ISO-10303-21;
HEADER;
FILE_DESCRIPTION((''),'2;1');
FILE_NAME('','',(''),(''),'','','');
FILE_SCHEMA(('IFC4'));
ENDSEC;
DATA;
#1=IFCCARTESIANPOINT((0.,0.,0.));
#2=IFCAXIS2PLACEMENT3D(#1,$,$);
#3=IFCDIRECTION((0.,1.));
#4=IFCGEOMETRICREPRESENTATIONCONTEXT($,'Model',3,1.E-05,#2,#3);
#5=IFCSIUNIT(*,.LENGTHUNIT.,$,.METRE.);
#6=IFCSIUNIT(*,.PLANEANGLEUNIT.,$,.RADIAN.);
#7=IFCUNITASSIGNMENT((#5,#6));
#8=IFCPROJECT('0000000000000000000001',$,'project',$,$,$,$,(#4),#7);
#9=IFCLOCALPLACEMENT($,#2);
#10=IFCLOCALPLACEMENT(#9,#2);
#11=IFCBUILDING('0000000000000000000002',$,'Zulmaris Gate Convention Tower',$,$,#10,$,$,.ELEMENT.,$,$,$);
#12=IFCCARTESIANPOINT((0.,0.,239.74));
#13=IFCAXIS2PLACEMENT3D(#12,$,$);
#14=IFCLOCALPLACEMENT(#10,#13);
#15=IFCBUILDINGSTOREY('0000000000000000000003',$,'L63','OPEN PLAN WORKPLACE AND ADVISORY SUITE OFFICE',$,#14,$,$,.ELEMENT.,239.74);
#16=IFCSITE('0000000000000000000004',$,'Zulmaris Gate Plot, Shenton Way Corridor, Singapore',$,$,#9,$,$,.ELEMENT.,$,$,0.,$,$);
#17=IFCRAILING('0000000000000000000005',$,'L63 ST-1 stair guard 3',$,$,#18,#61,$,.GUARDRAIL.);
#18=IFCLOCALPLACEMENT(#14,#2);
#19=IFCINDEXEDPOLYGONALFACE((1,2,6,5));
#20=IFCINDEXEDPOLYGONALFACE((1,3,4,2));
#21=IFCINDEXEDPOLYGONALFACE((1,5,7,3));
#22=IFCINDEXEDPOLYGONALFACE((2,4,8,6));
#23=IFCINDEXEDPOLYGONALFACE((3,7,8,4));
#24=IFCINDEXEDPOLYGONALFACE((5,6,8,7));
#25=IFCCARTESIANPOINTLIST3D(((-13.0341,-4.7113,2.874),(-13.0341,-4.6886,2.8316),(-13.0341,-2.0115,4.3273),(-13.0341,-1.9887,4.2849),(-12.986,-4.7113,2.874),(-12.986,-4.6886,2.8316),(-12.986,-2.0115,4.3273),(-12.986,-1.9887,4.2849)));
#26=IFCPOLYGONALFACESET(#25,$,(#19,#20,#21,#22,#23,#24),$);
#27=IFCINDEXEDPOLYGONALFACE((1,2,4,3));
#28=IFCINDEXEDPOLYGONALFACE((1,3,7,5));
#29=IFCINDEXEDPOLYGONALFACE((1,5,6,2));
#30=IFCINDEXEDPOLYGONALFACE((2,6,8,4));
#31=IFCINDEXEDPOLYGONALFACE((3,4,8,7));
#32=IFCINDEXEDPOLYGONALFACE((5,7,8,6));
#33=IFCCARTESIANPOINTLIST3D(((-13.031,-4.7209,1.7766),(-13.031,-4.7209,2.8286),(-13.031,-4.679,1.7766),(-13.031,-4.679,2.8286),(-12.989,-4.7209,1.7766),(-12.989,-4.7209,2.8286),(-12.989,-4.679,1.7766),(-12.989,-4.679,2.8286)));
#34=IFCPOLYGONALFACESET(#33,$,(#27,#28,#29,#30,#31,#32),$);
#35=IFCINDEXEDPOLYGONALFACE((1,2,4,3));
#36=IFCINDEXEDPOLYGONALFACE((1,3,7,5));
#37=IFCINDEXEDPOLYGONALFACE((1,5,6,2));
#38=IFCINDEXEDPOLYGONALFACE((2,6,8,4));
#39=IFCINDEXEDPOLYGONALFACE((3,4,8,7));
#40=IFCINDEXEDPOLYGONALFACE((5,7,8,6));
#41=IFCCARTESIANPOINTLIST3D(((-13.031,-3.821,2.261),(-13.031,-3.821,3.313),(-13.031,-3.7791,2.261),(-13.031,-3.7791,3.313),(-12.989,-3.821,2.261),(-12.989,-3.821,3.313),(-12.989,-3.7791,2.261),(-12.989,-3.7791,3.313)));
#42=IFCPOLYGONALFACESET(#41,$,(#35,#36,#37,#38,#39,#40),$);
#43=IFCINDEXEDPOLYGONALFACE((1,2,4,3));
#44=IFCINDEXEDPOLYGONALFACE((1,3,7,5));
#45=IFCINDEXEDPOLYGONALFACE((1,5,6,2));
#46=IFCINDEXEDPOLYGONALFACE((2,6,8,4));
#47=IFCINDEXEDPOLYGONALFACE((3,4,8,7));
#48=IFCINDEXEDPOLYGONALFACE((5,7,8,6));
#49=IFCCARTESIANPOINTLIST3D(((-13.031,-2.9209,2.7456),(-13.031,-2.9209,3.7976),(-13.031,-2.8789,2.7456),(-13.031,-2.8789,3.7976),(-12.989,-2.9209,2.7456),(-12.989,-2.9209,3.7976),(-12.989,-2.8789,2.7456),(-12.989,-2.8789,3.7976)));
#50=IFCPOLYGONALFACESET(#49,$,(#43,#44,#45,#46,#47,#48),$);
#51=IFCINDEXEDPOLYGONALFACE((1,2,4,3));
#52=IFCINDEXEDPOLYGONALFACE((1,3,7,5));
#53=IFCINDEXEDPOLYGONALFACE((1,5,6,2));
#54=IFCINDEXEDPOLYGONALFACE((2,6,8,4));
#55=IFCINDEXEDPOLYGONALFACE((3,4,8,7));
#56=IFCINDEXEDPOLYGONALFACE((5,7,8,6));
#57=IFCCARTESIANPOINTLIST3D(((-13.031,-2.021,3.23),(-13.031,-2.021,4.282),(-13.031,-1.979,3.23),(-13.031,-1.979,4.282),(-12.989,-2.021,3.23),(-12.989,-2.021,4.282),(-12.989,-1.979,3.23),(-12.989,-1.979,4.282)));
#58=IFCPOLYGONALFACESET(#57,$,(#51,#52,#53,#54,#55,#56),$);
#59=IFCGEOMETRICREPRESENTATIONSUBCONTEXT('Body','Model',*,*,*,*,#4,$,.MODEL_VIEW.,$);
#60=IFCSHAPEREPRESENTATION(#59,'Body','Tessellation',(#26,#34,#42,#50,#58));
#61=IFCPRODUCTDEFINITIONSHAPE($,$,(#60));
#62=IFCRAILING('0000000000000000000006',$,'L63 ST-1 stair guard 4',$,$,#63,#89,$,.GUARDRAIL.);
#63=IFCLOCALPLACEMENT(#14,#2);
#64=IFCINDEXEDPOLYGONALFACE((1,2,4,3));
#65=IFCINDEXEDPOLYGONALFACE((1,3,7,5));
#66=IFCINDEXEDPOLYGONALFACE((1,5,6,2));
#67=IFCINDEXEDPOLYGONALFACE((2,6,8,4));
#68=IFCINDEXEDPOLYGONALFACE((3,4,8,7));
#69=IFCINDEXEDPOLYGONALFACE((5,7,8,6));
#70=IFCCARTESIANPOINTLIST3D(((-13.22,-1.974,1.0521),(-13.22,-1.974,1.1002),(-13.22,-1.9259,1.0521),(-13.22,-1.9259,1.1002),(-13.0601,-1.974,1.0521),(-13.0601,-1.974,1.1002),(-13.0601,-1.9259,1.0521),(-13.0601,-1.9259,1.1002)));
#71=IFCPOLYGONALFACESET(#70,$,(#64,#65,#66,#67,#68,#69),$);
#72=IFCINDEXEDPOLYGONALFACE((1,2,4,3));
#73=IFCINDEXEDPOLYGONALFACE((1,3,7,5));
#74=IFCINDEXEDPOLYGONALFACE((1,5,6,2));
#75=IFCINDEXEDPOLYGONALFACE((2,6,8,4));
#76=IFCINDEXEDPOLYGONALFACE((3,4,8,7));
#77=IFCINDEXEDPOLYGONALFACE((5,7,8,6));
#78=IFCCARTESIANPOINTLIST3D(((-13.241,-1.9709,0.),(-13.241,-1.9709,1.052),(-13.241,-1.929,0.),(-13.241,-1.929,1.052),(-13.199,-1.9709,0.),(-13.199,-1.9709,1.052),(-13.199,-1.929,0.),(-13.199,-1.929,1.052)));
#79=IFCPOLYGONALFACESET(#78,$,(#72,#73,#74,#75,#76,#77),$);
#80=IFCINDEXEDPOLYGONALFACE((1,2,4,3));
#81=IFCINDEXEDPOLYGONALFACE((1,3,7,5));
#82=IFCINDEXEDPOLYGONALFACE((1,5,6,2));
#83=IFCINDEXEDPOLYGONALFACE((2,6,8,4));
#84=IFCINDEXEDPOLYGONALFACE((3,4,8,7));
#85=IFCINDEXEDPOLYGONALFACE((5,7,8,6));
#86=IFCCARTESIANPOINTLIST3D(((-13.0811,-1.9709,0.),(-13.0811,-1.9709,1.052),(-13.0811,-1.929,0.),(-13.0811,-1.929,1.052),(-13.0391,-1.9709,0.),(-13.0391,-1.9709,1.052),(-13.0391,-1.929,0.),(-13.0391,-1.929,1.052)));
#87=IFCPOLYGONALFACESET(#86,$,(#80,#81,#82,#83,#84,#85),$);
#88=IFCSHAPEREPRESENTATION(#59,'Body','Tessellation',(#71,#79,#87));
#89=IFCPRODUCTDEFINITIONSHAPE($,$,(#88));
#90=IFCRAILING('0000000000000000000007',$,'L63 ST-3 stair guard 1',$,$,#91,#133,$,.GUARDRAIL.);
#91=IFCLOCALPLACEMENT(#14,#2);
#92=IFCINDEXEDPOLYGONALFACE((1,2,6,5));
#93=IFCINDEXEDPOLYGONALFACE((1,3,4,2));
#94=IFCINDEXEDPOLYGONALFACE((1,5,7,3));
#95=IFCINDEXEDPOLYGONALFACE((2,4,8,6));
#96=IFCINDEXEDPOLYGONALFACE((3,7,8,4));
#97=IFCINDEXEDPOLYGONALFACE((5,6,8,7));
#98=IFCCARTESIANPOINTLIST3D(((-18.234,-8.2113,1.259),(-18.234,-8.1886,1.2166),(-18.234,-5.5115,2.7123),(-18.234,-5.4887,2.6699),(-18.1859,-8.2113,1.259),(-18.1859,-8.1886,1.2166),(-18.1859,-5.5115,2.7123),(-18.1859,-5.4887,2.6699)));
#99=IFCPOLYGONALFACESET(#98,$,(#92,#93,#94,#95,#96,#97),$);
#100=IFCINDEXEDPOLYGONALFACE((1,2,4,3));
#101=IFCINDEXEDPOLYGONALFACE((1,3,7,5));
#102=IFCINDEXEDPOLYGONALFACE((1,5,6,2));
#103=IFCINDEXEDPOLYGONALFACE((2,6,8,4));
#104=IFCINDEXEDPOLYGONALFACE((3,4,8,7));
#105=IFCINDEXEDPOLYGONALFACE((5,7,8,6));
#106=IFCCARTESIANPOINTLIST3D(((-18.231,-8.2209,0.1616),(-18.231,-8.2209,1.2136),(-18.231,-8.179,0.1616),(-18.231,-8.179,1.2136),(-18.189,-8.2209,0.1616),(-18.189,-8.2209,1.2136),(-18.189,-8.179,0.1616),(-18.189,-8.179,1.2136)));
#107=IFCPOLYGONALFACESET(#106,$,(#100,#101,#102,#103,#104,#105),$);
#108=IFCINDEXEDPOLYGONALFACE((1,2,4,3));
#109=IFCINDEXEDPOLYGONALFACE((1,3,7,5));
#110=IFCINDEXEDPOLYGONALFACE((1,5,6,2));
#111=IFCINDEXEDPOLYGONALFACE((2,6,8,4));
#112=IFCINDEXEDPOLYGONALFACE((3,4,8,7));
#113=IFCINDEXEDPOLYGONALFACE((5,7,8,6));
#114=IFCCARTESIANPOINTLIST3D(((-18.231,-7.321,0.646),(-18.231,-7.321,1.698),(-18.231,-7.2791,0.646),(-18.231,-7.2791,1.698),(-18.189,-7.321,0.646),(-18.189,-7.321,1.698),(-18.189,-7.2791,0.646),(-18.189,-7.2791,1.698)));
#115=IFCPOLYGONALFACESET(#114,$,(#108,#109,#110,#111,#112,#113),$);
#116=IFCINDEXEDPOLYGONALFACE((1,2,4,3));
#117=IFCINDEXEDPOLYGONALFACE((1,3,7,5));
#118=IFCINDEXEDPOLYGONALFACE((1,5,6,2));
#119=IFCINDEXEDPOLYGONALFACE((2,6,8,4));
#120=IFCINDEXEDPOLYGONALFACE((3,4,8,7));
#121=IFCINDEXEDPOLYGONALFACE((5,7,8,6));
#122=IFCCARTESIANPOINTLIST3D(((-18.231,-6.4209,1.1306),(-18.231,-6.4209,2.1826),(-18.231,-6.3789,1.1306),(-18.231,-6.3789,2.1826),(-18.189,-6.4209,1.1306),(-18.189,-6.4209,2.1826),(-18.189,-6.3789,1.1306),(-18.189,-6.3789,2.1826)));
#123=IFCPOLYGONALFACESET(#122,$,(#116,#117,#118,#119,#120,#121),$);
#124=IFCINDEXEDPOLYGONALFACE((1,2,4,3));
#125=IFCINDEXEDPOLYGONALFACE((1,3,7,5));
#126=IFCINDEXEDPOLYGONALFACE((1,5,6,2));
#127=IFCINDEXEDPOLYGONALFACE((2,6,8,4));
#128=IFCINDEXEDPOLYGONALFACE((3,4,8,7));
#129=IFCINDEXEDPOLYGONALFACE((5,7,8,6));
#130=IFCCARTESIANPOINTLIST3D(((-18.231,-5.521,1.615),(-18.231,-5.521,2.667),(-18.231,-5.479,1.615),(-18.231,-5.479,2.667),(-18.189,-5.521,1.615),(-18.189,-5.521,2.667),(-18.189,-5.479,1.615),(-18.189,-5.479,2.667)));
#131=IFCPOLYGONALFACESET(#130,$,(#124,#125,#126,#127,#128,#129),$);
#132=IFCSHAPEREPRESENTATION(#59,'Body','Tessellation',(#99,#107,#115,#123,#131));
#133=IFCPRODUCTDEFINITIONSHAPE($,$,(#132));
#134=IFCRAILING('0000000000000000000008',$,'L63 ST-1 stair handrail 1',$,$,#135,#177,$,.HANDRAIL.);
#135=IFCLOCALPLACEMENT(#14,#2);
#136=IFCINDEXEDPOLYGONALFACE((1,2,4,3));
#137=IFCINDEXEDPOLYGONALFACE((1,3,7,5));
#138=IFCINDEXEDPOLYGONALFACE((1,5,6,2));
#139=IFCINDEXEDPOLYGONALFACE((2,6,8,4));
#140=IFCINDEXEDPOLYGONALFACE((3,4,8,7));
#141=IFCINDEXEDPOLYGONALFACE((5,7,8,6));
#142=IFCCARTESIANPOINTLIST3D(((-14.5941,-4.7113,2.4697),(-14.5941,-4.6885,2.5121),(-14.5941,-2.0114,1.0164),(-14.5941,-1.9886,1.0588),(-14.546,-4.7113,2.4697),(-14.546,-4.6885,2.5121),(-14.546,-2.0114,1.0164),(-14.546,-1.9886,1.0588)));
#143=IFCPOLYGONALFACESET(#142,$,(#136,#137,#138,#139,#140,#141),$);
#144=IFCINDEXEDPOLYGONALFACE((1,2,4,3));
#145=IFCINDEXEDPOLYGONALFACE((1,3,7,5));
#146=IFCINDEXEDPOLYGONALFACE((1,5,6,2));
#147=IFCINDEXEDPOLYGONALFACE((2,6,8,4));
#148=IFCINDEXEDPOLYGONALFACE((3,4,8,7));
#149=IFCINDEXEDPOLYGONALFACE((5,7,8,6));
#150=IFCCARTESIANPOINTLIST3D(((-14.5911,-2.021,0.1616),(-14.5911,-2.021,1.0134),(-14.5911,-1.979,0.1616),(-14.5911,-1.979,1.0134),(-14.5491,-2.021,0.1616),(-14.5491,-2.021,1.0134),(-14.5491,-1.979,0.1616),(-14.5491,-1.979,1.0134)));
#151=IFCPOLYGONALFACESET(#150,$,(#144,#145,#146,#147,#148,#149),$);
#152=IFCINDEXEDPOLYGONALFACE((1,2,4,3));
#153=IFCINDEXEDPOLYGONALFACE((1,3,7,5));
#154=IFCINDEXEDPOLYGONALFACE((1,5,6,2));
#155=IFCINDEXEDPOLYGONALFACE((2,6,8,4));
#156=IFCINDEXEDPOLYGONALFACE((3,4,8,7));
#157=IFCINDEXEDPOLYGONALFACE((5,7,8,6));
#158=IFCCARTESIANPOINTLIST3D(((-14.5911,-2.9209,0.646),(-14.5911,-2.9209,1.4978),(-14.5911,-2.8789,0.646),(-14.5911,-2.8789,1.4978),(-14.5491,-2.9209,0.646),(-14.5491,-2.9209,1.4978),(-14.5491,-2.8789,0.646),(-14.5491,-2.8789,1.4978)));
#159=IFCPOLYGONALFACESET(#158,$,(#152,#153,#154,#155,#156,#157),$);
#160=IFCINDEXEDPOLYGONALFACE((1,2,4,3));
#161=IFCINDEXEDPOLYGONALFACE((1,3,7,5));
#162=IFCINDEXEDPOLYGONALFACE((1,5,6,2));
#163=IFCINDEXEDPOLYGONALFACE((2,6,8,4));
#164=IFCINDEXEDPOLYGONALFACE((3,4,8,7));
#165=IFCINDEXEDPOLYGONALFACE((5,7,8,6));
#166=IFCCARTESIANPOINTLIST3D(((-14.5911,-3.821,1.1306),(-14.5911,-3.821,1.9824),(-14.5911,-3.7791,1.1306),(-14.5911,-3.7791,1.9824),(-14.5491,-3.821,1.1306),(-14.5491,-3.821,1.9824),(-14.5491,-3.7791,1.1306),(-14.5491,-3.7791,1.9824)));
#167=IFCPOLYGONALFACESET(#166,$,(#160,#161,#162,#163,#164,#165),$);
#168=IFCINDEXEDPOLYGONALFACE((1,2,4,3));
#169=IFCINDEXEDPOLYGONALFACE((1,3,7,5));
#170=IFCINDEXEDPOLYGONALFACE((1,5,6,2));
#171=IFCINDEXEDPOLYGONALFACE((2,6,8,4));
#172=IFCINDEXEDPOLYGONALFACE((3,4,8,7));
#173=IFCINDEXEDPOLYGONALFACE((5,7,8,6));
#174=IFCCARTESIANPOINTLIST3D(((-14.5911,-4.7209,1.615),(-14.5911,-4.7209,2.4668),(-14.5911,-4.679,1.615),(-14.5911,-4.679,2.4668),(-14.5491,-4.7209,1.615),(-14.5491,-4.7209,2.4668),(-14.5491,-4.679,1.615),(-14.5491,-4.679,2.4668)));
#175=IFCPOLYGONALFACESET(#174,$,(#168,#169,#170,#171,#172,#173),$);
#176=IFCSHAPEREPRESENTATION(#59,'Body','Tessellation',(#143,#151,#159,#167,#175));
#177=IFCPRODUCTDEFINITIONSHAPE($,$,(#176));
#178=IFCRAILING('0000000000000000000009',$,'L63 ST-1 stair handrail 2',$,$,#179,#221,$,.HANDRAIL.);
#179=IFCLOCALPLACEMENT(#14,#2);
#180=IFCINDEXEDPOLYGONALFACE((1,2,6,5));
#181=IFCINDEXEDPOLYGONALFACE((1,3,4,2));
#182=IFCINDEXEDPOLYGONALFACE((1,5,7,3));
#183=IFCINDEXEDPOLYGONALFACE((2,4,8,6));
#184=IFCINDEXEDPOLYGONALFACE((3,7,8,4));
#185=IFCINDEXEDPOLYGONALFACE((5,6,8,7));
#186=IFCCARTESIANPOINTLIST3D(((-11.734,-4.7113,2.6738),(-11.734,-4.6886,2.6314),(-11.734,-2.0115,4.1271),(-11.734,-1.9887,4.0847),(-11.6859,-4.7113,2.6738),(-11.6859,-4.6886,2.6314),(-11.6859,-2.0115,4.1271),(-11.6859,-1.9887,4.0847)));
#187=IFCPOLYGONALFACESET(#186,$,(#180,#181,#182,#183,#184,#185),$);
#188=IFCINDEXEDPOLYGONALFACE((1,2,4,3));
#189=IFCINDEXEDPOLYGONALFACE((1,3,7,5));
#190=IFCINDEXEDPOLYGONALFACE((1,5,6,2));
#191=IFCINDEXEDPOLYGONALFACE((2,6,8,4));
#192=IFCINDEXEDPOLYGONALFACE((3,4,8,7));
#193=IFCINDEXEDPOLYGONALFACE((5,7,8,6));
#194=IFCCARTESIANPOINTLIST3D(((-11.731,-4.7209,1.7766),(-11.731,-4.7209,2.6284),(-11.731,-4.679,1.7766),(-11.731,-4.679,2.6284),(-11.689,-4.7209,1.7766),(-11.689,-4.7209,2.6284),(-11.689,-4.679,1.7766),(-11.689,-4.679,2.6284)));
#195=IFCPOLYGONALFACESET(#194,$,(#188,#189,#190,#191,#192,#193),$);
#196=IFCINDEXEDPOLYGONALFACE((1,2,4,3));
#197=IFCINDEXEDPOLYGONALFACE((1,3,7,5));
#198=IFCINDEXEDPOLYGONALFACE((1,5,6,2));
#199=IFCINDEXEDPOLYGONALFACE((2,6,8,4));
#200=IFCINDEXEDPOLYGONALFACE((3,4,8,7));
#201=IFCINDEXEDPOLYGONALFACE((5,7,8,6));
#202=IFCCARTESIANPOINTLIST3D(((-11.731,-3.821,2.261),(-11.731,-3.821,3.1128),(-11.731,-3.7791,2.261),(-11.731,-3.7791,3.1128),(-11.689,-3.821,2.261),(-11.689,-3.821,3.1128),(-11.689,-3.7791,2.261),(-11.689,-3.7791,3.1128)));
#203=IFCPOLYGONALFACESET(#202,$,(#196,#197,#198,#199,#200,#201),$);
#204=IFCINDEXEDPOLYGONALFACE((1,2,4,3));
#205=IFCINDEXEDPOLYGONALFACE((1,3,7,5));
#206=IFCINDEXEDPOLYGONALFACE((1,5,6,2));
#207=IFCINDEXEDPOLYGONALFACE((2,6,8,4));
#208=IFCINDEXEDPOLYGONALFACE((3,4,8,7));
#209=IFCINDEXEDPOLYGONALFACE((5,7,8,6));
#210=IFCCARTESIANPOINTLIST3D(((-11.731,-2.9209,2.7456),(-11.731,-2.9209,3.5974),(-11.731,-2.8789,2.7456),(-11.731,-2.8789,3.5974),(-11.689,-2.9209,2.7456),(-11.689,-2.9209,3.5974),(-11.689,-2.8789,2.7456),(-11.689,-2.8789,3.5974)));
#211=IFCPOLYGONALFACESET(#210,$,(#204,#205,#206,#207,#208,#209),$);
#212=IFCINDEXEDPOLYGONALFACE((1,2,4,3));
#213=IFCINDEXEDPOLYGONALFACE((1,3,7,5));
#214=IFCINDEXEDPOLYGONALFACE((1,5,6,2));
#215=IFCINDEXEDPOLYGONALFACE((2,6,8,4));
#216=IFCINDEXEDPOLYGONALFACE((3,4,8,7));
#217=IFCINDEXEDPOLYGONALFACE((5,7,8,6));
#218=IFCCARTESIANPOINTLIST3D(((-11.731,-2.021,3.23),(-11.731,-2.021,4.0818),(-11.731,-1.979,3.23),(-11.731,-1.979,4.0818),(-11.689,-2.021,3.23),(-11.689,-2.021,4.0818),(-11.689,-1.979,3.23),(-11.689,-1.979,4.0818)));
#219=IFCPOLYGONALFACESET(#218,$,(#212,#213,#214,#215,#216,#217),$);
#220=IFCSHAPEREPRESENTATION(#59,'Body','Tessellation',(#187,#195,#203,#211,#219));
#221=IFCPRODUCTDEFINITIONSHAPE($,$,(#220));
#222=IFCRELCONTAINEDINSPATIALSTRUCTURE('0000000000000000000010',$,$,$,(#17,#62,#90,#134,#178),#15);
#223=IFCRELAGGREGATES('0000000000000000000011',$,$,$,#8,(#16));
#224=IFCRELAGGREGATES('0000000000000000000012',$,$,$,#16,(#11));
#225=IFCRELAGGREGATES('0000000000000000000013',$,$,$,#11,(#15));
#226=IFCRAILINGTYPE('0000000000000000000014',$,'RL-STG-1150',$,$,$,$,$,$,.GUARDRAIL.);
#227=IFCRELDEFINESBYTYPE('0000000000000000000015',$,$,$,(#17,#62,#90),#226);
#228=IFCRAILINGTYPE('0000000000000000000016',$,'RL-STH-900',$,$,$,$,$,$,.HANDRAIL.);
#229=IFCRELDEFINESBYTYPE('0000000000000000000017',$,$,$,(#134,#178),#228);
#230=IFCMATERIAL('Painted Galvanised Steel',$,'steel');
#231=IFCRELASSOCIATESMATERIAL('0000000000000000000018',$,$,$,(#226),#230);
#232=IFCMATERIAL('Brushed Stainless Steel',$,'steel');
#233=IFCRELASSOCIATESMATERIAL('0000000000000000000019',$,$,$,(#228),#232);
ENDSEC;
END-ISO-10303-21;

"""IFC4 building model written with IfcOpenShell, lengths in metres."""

from ifc_helpers import new_model, si_unit, direction, frame, origin, origin_2d, place, context, subcontext, project, spatial, rectangle, extrude, material, type_object, element, save


model = new_model("IFC4")

# Units and contexts
model_context = context("Model", 3, precision=1e-05, world=origin(), true_north=direction((0.0, 1.0)))
body_context = subcontext(model_context, "Body", "Model", "MODEL_VIEW")
ifc_project = project(units=[si_unit("LENGTHUNIT", "METRE"), si_unit("PLANEANGLEUNIT", "RADIAN")], contexts=[model_context])

# Site, building, storey
site_placement = place(None, origin())
site = spatial("IfcSite", under=ifc_project, at=site_placement, Name="Zulmaris Gate Plot, Shenton Way Corridor, Singapore", CompositionType="ELEMENT", RefElevation=0.0)
building_placement = place(site_placement, origin())
building = spatial("IfcBuilding", under=site, at=building_placement, Name="Zulmaris Gate Convention Tower", CompositionType="ELEMENT")
storey_placement = place(building_placement, frame((0.0, 0.0, 239.74)))
storey = spatial("IfcBuildingStorey", under=building, at=storey_placement, Name="L63", Description="OPEN PLAN WORKPLACE AND ADVISORY SUITE OFFICE", CompositionType="ELEMENT", Elevation=239.74)

# Shared definitions
ifc_material_1 = material(Name="Brushed Stainless Steel", Category="steel")

# Railings
ifc_material_2 = material(Name="Painted Galvanised Steel", Category="steel")
railing_type_1 = type_object("IfcRailingType", Name="RL-STG-1150", PredefinedType="GUARDRAIL", material=ifc_material_2)
railing_1_placement = place(storey_placement, frame((-13.01, -4.7, 1.7766)))
element("IfcRailing", 1, at=railing_1_placement, inside=storey, type_object=railing_type_1, Name="L63 ST-1 stair guard 3", PredefinedType="GUARDRAIL", context=body_context, shape_type="SweptSolid", body=[
    extrude(rectangle(XDim=0.0481, YDim=0.0481, at=origin_2d()), frame((0.0, 0.0, 1.0762), z_axis=(0.0, 0.880532, 0.473986), x_axis=(-1.0, 0.0, 0.0)), (0.0, 0.0, 1.0), 3.0662),
    extrude(rectangle(XDim=0.042, YDim=0.042, at=origin_2d()), origin(), (0.0, 0.0, 1.0), 1.052),
    extrude(rectangle(XDim=0.042, YDim=0.042, at=origin_2d()), frame((0.0, 0.8999, 0.4844)), (0.0, 0.0, 1.0), 1.052),
    extrude(rectangle(XDim=0.042, YDim=0.042, at=origin_2d()), frame((0.0, 1.8, 0.969)), (0.0, 0.0, 1.0), 1.052),
    extrude(rectangle(XDim=0.042, YDim=0.042, at=origin_2d()), frame((0.0, 2.7, 1.4534)), (0.0, 0.0, 1.0), 1.052),
])
railing_2_placement = place(storey_placement, frame((-13.22, -1.95, 0.0)))
element("IfcRailing", 2, at=railing_2_placement, inside=storey, type_object=railing_type_1, Name="L63 ST-1 stair guard 4", PredefinedType="GUARDRAIL", context=body_context, shape_type="SweptSolid", body=[
    extrude(rectangle(XDim=0.0481, YDim=0.0481, at=origin_2d()), frame((0.0, 0.0, 1.0762), z_axis=(1.0, 0.0, 0.0), x_axis=(0.0, 1.0, 0.0)), (0.0, 0.0, 1.0), 0.1599),
    extrude(rectangle(XDim=0.042, YDim=0.042, at=origin_2d()), origin(), (0.0, 0.0, 1.0), 1.052),
    extrude(rectangle(XDim=0.042, YDim=0.042, at=origin_2d()), frame((0.1599, 0.0, 0.0)), (0.0, 0.0, 1.0), 1.052),
])
railing_3_placement = place(storey_placement, frame((-18.21, -8.2, 0.1616)))
element("IfcRailing", 3, at=railing_3_placement, inside=storey, type_object=railing_type_1, Name="L63 ST-3 stair guard 1", PredefinedType="GUARDRAIL", context=body_context, shape_type="SweptSolid", body=[
    extrude(rectangle(XDim=0.0481, YDim=0.0481, at=origin_2d()), frame((0.0, 0.0, 1.0762), z_axis=(0.0, 0.880532, 0.473986), x_axis=(-1.0, 0.0, 0.0)), (0.0, 0.0, 1.0), 3.0662),
    extrude(rectangle(XDim=0.042, YDim=0.042, at=origin_2d()), origin(), (0.0, 0.0, 1.0), 1.052),
    extrude(rectangle(XDim=0.042, YDim=0.042, at=origin_2d()), frame((0.0, 0.8999, 0.4844)), (0.0, 0.0, 1.0), 1.052),
    extrude(rectangle(XDim=0.042, YDim=0.042, at=origin_2d()), frame((0.0, 1.8, 0.969)), (0.0, 0.0, 1.0), 1.052),
    extrude(rectangle(XDim=0.042, YDim=0.042, at=origin_2d()), frame((0.0, 2.7, 1.4534)), (0.0, 0.0, 1.0), 1.052),
])
railing_type_2 = type_object("IfcRailingType", Name="RL-STH-900", PredefinedType="HANDRAIL", material=ifc_material_1)
railing_4_placement = place(storey_placement, frame((-14.5701, -2.0, 0.1616)))
element("IfcRailing", 4, at=railing_4_placement, inside=storey, type_object=railing_type_2, Name="L63 ST-1 stair handrail 1", PredefinedType="HANDRAIL", context=body_context, shape_type="SweptSolid", body=[
    extrude(rectangle(XDim=0.0481, YDim=0.0481, at=origin_2d()), frame((0.0, 0.0, 0.876), z_axis=(0.0, -0.880532, 0.473986), x_axis=(1.0, 0.0, 0.0)), (0.0, 0.0, 1.0), 3.0662),
    extrude(rectangle(XDim=0.042, YDim=0.042, at=origin_2d()), origin(), (0.0, 0.0, 1.0), 0.8518),
    extrude(rectangle(XDim=0.042, YDim=0.042, at=origin_2d()), frame((0.0, -0.8999, 0.4844)), (0.0, 0.0, 1.0), 0.8518),
    extrude(rectangle(XDim=0.042, YDim=0.042, at=origin_2d()), frame((0.0, -1.8, 0.969)), (0.0, 0.0, 1.0), 0.8518),
    extrude(rectangle(XDim=0.042, YDim=0.042, at=origin_2d()), frame((0.0, -2.7, 1.4534)), (0.0, 0.0, 1.0), 0.8518),
])
for number, where, name in (
    (5, (-11.71, -4.7, 1.7766), "L63 ST-1 stair handrail 2"),
):
    element("IfcRailing", number, at=place(storey_placement, frame(where)), inside=storey, type_object=railing_type_2, Name=name, PredefinedType="HANDRAIL", context=body_context, shape_type="SweptSolid", body=[
        extrude(rectangle(XDim=0.0481, YDim=0.0481, at=origin_2d()), frame((0.0, 0.0, 0.876), z_axis=(0.0, 0.880532, 0.473986), x_axis=(-1.0, 0.0, 0.0)), (0.0, 0.0, 1.0), 3.0662),
        extrude(rectangle(XDim=0.042, YDim=0.042, at=origin_2d()), origin(), (0.0, 0.0, 1.0), 0.8518),
        extrude(rectangle(XDim=0.042, YDim=0.042, at=origin_2d()), frame((0.0, 0.8999, 0.4844)), (0.0, 0.0, 1.0), 0.8518),
        extrude(rectangle(XDim=0.042, YDim=0.042, at=origin_2d()), frame((0.0, 1.8, 0.969)), (0.0, 0.0, 1.0), 0.8518),
        extrude(rectangle(XDim=0.042, YDim=0.042, at=origin_2d()), frame((0.0, 2.7, 1.4534)), (0.0, 0.0, 1.0), 0.8518),
    ])

save(model, "model.ifc")
